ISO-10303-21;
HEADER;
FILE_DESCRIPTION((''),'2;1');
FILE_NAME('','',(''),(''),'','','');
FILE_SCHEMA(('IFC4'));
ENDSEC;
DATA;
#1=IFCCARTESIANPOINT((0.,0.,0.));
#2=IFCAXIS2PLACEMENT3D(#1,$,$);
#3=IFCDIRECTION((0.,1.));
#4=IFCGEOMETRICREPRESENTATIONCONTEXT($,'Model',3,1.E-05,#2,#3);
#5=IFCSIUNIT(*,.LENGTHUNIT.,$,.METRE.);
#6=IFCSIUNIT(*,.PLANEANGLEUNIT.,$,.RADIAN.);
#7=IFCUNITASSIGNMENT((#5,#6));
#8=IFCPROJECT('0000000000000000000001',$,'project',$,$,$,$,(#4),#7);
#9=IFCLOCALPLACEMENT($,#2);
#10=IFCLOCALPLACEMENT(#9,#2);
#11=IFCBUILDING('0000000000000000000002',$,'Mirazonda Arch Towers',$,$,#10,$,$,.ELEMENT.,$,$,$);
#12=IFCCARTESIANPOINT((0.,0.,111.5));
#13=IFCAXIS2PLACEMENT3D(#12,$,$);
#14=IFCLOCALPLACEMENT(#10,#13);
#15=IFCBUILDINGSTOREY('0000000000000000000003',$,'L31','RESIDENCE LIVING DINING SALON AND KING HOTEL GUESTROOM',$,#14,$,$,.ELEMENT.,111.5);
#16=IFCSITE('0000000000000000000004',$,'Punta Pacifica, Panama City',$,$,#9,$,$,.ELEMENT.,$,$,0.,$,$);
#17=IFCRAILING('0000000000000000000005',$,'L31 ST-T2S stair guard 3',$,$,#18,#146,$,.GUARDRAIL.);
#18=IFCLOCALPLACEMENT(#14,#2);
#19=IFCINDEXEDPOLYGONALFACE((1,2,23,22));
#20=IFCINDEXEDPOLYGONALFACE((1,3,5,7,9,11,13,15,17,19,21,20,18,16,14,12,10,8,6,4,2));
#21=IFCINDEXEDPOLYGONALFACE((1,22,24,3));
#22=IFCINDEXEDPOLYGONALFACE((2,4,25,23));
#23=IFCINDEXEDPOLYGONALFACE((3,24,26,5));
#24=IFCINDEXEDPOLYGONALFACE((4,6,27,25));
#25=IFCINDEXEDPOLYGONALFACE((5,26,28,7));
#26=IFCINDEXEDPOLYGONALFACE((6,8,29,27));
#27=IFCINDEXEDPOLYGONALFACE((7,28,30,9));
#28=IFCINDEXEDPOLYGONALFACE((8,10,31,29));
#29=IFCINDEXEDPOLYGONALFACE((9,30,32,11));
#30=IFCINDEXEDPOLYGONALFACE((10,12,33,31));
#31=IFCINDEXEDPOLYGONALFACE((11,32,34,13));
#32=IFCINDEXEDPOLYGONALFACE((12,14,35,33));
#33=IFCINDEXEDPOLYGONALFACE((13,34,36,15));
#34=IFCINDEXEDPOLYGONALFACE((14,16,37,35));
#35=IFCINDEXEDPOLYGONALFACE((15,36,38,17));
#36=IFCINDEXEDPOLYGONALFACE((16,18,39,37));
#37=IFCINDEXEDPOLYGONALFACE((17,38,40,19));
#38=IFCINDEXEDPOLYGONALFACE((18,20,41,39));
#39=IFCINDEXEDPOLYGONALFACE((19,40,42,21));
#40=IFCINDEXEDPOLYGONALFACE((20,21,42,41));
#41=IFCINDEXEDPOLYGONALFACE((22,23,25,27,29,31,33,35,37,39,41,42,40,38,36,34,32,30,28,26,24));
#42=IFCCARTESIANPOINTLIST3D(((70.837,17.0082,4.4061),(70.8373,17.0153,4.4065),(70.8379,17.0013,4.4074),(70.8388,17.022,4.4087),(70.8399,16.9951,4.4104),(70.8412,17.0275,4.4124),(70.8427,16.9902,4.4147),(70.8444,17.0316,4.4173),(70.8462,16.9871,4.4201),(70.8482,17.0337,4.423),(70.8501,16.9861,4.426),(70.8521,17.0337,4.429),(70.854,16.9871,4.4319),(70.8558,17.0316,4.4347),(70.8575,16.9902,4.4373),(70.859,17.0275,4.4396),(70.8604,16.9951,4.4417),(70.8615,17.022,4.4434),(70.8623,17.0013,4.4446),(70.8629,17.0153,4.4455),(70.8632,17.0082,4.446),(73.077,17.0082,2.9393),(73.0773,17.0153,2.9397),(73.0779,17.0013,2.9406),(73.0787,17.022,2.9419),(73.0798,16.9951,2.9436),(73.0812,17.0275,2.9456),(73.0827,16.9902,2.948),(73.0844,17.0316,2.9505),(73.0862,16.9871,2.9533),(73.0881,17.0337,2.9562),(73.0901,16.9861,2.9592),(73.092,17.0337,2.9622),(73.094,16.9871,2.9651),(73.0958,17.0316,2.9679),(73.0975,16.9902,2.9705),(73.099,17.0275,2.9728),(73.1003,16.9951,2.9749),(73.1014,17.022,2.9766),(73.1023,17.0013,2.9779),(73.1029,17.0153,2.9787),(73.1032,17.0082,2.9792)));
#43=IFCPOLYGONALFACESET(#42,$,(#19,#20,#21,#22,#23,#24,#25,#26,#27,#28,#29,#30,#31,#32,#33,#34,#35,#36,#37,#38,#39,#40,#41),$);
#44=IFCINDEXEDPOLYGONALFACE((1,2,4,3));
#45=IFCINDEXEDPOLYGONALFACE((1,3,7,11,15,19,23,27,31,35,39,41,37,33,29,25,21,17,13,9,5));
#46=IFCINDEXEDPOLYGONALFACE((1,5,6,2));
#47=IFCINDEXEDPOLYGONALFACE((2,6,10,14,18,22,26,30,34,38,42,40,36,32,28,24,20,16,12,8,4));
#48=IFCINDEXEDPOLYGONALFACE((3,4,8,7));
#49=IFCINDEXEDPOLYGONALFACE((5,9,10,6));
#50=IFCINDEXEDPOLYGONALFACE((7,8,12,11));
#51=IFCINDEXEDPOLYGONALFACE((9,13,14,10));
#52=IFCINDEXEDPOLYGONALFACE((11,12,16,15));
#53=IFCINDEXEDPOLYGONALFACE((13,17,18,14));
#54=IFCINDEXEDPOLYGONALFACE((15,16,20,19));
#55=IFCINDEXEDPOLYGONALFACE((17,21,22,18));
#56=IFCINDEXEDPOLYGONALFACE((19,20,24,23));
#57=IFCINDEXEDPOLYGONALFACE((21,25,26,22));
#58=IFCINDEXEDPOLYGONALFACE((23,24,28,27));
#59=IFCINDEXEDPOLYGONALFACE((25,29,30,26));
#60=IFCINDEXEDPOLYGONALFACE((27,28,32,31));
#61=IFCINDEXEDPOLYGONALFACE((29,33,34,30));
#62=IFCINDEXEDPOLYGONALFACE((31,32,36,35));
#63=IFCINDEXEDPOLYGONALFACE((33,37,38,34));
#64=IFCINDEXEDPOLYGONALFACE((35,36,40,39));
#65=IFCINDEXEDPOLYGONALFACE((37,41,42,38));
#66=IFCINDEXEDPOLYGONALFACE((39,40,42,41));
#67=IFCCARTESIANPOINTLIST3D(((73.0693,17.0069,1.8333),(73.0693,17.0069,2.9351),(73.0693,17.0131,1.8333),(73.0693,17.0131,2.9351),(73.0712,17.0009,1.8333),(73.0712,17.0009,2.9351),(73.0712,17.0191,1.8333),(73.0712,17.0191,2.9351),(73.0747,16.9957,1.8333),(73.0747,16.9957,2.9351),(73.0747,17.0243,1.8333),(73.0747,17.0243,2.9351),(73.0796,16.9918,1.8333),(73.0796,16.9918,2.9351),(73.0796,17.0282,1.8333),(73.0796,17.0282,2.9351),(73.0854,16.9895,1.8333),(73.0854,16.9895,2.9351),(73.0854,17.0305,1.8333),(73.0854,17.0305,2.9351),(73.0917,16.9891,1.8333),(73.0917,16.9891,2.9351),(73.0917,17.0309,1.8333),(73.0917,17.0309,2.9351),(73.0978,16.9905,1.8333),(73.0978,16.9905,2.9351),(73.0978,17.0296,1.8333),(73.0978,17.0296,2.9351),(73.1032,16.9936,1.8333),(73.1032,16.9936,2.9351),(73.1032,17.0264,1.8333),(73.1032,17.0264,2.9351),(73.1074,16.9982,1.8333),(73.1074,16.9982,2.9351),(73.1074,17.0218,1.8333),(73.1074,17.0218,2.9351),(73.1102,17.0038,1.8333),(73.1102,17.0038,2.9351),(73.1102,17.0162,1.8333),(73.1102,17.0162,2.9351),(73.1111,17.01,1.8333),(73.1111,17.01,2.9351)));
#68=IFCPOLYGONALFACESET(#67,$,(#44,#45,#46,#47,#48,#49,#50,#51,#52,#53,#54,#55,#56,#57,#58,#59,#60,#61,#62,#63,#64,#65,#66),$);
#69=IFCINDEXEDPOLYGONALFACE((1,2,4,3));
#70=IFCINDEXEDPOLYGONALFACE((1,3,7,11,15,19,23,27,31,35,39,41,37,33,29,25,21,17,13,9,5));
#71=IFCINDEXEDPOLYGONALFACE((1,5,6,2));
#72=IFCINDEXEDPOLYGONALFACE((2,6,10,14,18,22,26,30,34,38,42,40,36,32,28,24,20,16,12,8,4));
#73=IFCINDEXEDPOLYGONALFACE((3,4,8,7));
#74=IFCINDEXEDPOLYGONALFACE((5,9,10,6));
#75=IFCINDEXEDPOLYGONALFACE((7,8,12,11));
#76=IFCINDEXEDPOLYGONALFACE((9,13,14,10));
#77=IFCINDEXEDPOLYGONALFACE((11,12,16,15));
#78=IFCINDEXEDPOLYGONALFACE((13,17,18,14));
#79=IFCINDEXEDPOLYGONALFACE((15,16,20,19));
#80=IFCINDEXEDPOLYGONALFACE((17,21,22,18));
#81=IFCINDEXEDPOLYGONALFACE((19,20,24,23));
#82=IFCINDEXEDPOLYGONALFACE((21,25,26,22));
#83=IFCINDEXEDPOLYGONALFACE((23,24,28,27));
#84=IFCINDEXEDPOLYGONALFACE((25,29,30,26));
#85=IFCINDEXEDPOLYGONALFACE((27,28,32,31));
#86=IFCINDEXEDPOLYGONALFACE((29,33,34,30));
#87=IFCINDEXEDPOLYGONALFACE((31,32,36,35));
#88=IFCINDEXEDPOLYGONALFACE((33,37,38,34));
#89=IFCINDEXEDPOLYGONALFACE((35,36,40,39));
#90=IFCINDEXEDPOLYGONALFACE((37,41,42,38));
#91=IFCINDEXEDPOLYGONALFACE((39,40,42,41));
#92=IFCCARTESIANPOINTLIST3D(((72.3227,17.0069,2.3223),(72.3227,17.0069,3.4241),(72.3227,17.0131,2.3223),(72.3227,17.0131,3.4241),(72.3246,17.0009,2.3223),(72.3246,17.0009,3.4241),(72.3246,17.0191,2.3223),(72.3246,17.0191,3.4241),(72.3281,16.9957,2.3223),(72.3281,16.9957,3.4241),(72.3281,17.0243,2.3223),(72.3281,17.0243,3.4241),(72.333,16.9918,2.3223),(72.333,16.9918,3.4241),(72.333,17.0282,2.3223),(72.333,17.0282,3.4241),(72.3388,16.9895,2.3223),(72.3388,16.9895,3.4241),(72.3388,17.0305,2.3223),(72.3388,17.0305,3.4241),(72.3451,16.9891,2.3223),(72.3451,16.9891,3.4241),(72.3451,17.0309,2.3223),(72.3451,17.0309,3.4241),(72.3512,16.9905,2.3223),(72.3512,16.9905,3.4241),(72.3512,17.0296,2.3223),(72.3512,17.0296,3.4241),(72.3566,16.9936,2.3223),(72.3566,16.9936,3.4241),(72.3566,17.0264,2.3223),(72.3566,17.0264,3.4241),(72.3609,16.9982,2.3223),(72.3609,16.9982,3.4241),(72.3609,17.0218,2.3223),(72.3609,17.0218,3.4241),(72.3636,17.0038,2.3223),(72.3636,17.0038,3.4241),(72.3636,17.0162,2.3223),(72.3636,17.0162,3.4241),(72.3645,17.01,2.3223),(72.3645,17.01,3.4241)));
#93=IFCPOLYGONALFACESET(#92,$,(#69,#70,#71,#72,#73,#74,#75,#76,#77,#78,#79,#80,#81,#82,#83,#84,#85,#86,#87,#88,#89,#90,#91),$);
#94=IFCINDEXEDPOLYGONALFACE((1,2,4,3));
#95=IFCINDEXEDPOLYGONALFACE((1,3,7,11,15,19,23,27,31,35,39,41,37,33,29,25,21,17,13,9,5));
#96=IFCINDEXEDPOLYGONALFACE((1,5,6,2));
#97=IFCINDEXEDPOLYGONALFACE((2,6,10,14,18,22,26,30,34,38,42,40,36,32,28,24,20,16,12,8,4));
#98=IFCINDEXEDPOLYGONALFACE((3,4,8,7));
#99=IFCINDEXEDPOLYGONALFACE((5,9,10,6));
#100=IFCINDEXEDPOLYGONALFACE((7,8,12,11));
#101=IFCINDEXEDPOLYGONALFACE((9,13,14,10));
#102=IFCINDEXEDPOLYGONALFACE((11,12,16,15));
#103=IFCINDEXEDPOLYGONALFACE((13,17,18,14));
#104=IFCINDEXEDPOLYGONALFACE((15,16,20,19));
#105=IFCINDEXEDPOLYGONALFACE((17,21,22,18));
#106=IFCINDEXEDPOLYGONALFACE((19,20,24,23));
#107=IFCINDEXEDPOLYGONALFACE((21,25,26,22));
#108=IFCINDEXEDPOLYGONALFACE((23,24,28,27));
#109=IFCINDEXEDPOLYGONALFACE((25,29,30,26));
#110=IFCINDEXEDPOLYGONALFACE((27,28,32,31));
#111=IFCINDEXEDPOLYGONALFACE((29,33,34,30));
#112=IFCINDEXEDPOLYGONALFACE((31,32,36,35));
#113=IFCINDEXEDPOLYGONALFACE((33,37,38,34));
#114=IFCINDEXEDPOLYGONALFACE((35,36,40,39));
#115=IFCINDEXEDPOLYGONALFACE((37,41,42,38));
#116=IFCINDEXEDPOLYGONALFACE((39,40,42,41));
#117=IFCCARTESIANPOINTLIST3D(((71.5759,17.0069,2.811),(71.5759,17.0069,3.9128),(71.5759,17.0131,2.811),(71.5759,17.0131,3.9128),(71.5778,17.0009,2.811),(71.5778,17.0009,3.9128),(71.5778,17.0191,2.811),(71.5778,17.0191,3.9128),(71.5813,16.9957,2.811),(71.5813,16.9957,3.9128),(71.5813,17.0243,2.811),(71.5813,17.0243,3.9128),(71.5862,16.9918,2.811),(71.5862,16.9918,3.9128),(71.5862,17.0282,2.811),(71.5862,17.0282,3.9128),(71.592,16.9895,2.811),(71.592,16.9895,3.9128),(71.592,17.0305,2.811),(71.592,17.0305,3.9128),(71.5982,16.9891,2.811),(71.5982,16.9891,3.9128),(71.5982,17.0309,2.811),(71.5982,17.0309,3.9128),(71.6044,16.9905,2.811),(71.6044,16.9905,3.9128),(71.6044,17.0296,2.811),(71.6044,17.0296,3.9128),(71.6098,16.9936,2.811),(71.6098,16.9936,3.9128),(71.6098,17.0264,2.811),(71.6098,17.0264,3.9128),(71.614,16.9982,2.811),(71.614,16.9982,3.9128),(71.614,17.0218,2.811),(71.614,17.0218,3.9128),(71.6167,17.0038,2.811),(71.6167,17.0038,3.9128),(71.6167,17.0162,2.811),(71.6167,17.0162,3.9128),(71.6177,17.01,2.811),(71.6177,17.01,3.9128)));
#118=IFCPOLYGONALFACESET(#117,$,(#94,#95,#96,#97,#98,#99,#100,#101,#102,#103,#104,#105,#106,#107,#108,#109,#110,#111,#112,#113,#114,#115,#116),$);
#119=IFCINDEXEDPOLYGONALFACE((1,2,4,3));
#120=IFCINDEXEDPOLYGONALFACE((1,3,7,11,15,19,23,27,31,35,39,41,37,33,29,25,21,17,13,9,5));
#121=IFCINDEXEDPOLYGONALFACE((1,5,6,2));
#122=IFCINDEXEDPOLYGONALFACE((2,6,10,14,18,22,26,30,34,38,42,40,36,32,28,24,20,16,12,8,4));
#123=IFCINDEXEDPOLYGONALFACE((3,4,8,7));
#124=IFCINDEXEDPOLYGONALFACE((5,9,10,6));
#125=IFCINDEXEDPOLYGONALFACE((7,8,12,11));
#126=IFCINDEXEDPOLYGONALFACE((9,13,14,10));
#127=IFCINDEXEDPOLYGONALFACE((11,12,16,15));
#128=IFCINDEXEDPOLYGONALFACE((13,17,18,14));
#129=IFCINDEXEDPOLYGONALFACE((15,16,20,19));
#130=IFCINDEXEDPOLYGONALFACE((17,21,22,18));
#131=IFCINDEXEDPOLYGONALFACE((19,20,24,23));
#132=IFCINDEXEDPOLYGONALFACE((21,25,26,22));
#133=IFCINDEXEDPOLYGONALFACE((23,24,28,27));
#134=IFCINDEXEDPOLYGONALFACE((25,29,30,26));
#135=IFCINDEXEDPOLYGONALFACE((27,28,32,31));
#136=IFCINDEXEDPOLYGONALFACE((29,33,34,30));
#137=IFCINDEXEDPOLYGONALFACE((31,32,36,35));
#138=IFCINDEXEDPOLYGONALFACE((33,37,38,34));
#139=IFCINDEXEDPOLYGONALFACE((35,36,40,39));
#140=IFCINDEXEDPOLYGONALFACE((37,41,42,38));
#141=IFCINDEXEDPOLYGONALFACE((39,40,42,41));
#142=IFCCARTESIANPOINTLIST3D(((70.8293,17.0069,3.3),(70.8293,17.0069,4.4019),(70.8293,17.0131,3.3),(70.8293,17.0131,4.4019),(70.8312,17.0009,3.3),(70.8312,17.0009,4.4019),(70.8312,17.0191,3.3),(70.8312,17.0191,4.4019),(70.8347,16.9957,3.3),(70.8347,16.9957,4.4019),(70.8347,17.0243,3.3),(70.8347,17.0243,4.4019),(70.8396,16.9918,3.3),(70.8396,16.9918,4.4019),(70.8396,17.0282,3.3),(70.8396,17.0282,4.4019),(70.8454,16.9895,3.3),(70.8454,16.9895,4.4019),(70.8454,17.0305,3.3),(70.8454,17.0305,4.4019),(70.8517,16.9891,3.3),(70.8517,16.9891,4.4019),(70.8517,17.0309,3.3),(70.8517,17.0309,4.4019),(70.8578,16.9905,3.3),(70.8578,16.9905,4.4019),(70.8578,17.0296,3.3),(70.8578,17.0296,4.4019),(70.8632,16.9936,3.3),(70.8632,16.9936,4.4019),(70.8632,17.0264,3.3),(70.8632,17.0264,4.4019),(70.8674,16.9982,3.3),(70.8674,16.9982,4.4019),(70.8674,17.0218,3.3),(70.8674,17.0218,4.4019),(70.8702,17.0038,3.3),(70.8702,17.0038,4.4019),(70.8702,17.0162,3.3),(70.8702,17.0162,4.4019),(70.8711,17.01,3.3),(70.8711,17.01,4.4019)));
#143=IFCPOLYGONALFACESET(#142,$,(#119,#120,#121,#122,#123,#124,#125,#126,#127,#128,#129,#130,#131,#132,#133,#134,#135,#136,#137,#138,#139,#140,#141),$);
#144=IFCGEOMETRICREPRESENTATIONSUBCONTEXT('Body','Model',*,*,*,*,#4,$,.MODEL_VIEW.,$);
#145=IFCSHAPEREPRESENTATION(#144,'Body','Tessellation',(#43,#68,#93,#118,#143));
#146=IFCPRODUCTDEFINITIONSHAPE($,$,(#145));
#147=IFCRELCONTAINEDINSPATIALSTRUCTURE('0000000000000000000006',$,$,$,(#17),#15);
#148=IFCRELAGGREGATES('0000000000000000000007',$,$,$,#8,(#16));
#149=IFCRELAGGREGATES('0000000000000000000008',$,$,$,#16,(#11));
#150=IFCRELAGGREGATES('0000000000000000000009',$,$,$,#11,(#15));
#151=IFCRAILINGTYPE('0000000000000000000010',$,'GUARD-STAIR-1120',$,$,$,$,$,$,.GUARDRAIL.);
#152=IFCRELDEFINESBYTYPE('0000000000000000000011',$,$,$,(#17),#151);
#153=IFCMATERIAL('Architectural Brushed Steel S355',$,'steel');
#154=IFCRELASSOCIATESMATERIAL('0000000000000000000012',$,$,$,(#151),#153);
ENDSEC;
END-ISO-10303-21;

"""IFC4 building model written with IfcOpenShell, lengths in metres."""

from ifc_helpers import new_model, si_unit, direction, frame, origin, origin_2d, place, context, subcontext, project, spatial, circle, extrude, material, type_object, element, save


model = new_model("IFC4")

# Units and contexts
model_context = context("Model", 3, precision=1e-05, world=origin(), true_north=direction((0.0, 1.0)))
body_context = subcontext(model_context, "Body", "Model", "MODEL_VIEW")
ifc_project = project(units=[si_unit("LENGTHUNIT", "METRE"), si_unit("PLANEANGLEUNIT", "RADIAN")], contexts=[model_context])

# Site, building, storey
site_placement = place(None, origin())
site = spatial("IfcSite", under=ifc_project, at=site_placement, Name="Punta Pacifica, Panama City", CompositionType="ELEMENT", RefElevation=0.0)
building_placement = place(site_placement, origin())
building = spatial("IfcBuilding", under=site, at=building_placement, Name="Mirazonda Arch Towers", CompositionType="ELEMENT")
storey_placement = place(building_placement, frame((0.0, 0.0, 111.5)))
storey = spatial("IfcBuildingStorey", under=building, at=storey_placement, Name="L31", Description="RESIDENCE LIVING DINING SALON AND KING HOTEL GUESTROOM", CompositionType="ELEMENT", Elevation=111.5)

# Railing
ifc_material_1 = material(Name="Architectural Brushed Steel S355", Category="steel")
railing_type_1 = type_object("IfcRailingType", Name="GUARD-STAIR-1120", PredefinedType="GUARDRAIL", material=ifc_material_1)
railing_1_placement = place(storey_placement, frame((73.0901, 17.01, 1.8333)))
element("IfcRailing", 1, at=railing_1_placement, inside=storey, type_object=railing_type_1, Name="L31 ST-T2S stair guard 3", PredefinedType="GUARDRAIL", context=body_context, shape_type="SweptSolid", body=[
    extrude(circle(Radius=0.0239, at=origin_2d()), frame((0.0, 0.0, 1.126), z_axis=(-0.836595, 0.0, 0.547822), x_axis=(0.0, -1.0, 0.0)), (0.0, 0.0, 1.0), 2.6775),
    extrude(circle(Radius=0.021, at=origin_2d()), origin(), (0.0, 0.0, 1.0), 1.1018),
    extrude(circle(Radius=0.021, at=origin_2d()), frame((-0.7466, 0.0, 0.489)), (0.0, 0.0, 1.0), 1.1018),
    extrude(circle(Radius=0.021, at=origin_2d()), frame((-1.4934, 0.0, 0.9778)), (0.0, 0.0, 1.0), 1.1018),
    extrude(circle(Radius=0.021, at=origin_2d()), frame((-2.24, 0.0, 1.4668)), (0.0, 0.0, 1.0), 1.1018),
])

save(model, "model.ifc")
